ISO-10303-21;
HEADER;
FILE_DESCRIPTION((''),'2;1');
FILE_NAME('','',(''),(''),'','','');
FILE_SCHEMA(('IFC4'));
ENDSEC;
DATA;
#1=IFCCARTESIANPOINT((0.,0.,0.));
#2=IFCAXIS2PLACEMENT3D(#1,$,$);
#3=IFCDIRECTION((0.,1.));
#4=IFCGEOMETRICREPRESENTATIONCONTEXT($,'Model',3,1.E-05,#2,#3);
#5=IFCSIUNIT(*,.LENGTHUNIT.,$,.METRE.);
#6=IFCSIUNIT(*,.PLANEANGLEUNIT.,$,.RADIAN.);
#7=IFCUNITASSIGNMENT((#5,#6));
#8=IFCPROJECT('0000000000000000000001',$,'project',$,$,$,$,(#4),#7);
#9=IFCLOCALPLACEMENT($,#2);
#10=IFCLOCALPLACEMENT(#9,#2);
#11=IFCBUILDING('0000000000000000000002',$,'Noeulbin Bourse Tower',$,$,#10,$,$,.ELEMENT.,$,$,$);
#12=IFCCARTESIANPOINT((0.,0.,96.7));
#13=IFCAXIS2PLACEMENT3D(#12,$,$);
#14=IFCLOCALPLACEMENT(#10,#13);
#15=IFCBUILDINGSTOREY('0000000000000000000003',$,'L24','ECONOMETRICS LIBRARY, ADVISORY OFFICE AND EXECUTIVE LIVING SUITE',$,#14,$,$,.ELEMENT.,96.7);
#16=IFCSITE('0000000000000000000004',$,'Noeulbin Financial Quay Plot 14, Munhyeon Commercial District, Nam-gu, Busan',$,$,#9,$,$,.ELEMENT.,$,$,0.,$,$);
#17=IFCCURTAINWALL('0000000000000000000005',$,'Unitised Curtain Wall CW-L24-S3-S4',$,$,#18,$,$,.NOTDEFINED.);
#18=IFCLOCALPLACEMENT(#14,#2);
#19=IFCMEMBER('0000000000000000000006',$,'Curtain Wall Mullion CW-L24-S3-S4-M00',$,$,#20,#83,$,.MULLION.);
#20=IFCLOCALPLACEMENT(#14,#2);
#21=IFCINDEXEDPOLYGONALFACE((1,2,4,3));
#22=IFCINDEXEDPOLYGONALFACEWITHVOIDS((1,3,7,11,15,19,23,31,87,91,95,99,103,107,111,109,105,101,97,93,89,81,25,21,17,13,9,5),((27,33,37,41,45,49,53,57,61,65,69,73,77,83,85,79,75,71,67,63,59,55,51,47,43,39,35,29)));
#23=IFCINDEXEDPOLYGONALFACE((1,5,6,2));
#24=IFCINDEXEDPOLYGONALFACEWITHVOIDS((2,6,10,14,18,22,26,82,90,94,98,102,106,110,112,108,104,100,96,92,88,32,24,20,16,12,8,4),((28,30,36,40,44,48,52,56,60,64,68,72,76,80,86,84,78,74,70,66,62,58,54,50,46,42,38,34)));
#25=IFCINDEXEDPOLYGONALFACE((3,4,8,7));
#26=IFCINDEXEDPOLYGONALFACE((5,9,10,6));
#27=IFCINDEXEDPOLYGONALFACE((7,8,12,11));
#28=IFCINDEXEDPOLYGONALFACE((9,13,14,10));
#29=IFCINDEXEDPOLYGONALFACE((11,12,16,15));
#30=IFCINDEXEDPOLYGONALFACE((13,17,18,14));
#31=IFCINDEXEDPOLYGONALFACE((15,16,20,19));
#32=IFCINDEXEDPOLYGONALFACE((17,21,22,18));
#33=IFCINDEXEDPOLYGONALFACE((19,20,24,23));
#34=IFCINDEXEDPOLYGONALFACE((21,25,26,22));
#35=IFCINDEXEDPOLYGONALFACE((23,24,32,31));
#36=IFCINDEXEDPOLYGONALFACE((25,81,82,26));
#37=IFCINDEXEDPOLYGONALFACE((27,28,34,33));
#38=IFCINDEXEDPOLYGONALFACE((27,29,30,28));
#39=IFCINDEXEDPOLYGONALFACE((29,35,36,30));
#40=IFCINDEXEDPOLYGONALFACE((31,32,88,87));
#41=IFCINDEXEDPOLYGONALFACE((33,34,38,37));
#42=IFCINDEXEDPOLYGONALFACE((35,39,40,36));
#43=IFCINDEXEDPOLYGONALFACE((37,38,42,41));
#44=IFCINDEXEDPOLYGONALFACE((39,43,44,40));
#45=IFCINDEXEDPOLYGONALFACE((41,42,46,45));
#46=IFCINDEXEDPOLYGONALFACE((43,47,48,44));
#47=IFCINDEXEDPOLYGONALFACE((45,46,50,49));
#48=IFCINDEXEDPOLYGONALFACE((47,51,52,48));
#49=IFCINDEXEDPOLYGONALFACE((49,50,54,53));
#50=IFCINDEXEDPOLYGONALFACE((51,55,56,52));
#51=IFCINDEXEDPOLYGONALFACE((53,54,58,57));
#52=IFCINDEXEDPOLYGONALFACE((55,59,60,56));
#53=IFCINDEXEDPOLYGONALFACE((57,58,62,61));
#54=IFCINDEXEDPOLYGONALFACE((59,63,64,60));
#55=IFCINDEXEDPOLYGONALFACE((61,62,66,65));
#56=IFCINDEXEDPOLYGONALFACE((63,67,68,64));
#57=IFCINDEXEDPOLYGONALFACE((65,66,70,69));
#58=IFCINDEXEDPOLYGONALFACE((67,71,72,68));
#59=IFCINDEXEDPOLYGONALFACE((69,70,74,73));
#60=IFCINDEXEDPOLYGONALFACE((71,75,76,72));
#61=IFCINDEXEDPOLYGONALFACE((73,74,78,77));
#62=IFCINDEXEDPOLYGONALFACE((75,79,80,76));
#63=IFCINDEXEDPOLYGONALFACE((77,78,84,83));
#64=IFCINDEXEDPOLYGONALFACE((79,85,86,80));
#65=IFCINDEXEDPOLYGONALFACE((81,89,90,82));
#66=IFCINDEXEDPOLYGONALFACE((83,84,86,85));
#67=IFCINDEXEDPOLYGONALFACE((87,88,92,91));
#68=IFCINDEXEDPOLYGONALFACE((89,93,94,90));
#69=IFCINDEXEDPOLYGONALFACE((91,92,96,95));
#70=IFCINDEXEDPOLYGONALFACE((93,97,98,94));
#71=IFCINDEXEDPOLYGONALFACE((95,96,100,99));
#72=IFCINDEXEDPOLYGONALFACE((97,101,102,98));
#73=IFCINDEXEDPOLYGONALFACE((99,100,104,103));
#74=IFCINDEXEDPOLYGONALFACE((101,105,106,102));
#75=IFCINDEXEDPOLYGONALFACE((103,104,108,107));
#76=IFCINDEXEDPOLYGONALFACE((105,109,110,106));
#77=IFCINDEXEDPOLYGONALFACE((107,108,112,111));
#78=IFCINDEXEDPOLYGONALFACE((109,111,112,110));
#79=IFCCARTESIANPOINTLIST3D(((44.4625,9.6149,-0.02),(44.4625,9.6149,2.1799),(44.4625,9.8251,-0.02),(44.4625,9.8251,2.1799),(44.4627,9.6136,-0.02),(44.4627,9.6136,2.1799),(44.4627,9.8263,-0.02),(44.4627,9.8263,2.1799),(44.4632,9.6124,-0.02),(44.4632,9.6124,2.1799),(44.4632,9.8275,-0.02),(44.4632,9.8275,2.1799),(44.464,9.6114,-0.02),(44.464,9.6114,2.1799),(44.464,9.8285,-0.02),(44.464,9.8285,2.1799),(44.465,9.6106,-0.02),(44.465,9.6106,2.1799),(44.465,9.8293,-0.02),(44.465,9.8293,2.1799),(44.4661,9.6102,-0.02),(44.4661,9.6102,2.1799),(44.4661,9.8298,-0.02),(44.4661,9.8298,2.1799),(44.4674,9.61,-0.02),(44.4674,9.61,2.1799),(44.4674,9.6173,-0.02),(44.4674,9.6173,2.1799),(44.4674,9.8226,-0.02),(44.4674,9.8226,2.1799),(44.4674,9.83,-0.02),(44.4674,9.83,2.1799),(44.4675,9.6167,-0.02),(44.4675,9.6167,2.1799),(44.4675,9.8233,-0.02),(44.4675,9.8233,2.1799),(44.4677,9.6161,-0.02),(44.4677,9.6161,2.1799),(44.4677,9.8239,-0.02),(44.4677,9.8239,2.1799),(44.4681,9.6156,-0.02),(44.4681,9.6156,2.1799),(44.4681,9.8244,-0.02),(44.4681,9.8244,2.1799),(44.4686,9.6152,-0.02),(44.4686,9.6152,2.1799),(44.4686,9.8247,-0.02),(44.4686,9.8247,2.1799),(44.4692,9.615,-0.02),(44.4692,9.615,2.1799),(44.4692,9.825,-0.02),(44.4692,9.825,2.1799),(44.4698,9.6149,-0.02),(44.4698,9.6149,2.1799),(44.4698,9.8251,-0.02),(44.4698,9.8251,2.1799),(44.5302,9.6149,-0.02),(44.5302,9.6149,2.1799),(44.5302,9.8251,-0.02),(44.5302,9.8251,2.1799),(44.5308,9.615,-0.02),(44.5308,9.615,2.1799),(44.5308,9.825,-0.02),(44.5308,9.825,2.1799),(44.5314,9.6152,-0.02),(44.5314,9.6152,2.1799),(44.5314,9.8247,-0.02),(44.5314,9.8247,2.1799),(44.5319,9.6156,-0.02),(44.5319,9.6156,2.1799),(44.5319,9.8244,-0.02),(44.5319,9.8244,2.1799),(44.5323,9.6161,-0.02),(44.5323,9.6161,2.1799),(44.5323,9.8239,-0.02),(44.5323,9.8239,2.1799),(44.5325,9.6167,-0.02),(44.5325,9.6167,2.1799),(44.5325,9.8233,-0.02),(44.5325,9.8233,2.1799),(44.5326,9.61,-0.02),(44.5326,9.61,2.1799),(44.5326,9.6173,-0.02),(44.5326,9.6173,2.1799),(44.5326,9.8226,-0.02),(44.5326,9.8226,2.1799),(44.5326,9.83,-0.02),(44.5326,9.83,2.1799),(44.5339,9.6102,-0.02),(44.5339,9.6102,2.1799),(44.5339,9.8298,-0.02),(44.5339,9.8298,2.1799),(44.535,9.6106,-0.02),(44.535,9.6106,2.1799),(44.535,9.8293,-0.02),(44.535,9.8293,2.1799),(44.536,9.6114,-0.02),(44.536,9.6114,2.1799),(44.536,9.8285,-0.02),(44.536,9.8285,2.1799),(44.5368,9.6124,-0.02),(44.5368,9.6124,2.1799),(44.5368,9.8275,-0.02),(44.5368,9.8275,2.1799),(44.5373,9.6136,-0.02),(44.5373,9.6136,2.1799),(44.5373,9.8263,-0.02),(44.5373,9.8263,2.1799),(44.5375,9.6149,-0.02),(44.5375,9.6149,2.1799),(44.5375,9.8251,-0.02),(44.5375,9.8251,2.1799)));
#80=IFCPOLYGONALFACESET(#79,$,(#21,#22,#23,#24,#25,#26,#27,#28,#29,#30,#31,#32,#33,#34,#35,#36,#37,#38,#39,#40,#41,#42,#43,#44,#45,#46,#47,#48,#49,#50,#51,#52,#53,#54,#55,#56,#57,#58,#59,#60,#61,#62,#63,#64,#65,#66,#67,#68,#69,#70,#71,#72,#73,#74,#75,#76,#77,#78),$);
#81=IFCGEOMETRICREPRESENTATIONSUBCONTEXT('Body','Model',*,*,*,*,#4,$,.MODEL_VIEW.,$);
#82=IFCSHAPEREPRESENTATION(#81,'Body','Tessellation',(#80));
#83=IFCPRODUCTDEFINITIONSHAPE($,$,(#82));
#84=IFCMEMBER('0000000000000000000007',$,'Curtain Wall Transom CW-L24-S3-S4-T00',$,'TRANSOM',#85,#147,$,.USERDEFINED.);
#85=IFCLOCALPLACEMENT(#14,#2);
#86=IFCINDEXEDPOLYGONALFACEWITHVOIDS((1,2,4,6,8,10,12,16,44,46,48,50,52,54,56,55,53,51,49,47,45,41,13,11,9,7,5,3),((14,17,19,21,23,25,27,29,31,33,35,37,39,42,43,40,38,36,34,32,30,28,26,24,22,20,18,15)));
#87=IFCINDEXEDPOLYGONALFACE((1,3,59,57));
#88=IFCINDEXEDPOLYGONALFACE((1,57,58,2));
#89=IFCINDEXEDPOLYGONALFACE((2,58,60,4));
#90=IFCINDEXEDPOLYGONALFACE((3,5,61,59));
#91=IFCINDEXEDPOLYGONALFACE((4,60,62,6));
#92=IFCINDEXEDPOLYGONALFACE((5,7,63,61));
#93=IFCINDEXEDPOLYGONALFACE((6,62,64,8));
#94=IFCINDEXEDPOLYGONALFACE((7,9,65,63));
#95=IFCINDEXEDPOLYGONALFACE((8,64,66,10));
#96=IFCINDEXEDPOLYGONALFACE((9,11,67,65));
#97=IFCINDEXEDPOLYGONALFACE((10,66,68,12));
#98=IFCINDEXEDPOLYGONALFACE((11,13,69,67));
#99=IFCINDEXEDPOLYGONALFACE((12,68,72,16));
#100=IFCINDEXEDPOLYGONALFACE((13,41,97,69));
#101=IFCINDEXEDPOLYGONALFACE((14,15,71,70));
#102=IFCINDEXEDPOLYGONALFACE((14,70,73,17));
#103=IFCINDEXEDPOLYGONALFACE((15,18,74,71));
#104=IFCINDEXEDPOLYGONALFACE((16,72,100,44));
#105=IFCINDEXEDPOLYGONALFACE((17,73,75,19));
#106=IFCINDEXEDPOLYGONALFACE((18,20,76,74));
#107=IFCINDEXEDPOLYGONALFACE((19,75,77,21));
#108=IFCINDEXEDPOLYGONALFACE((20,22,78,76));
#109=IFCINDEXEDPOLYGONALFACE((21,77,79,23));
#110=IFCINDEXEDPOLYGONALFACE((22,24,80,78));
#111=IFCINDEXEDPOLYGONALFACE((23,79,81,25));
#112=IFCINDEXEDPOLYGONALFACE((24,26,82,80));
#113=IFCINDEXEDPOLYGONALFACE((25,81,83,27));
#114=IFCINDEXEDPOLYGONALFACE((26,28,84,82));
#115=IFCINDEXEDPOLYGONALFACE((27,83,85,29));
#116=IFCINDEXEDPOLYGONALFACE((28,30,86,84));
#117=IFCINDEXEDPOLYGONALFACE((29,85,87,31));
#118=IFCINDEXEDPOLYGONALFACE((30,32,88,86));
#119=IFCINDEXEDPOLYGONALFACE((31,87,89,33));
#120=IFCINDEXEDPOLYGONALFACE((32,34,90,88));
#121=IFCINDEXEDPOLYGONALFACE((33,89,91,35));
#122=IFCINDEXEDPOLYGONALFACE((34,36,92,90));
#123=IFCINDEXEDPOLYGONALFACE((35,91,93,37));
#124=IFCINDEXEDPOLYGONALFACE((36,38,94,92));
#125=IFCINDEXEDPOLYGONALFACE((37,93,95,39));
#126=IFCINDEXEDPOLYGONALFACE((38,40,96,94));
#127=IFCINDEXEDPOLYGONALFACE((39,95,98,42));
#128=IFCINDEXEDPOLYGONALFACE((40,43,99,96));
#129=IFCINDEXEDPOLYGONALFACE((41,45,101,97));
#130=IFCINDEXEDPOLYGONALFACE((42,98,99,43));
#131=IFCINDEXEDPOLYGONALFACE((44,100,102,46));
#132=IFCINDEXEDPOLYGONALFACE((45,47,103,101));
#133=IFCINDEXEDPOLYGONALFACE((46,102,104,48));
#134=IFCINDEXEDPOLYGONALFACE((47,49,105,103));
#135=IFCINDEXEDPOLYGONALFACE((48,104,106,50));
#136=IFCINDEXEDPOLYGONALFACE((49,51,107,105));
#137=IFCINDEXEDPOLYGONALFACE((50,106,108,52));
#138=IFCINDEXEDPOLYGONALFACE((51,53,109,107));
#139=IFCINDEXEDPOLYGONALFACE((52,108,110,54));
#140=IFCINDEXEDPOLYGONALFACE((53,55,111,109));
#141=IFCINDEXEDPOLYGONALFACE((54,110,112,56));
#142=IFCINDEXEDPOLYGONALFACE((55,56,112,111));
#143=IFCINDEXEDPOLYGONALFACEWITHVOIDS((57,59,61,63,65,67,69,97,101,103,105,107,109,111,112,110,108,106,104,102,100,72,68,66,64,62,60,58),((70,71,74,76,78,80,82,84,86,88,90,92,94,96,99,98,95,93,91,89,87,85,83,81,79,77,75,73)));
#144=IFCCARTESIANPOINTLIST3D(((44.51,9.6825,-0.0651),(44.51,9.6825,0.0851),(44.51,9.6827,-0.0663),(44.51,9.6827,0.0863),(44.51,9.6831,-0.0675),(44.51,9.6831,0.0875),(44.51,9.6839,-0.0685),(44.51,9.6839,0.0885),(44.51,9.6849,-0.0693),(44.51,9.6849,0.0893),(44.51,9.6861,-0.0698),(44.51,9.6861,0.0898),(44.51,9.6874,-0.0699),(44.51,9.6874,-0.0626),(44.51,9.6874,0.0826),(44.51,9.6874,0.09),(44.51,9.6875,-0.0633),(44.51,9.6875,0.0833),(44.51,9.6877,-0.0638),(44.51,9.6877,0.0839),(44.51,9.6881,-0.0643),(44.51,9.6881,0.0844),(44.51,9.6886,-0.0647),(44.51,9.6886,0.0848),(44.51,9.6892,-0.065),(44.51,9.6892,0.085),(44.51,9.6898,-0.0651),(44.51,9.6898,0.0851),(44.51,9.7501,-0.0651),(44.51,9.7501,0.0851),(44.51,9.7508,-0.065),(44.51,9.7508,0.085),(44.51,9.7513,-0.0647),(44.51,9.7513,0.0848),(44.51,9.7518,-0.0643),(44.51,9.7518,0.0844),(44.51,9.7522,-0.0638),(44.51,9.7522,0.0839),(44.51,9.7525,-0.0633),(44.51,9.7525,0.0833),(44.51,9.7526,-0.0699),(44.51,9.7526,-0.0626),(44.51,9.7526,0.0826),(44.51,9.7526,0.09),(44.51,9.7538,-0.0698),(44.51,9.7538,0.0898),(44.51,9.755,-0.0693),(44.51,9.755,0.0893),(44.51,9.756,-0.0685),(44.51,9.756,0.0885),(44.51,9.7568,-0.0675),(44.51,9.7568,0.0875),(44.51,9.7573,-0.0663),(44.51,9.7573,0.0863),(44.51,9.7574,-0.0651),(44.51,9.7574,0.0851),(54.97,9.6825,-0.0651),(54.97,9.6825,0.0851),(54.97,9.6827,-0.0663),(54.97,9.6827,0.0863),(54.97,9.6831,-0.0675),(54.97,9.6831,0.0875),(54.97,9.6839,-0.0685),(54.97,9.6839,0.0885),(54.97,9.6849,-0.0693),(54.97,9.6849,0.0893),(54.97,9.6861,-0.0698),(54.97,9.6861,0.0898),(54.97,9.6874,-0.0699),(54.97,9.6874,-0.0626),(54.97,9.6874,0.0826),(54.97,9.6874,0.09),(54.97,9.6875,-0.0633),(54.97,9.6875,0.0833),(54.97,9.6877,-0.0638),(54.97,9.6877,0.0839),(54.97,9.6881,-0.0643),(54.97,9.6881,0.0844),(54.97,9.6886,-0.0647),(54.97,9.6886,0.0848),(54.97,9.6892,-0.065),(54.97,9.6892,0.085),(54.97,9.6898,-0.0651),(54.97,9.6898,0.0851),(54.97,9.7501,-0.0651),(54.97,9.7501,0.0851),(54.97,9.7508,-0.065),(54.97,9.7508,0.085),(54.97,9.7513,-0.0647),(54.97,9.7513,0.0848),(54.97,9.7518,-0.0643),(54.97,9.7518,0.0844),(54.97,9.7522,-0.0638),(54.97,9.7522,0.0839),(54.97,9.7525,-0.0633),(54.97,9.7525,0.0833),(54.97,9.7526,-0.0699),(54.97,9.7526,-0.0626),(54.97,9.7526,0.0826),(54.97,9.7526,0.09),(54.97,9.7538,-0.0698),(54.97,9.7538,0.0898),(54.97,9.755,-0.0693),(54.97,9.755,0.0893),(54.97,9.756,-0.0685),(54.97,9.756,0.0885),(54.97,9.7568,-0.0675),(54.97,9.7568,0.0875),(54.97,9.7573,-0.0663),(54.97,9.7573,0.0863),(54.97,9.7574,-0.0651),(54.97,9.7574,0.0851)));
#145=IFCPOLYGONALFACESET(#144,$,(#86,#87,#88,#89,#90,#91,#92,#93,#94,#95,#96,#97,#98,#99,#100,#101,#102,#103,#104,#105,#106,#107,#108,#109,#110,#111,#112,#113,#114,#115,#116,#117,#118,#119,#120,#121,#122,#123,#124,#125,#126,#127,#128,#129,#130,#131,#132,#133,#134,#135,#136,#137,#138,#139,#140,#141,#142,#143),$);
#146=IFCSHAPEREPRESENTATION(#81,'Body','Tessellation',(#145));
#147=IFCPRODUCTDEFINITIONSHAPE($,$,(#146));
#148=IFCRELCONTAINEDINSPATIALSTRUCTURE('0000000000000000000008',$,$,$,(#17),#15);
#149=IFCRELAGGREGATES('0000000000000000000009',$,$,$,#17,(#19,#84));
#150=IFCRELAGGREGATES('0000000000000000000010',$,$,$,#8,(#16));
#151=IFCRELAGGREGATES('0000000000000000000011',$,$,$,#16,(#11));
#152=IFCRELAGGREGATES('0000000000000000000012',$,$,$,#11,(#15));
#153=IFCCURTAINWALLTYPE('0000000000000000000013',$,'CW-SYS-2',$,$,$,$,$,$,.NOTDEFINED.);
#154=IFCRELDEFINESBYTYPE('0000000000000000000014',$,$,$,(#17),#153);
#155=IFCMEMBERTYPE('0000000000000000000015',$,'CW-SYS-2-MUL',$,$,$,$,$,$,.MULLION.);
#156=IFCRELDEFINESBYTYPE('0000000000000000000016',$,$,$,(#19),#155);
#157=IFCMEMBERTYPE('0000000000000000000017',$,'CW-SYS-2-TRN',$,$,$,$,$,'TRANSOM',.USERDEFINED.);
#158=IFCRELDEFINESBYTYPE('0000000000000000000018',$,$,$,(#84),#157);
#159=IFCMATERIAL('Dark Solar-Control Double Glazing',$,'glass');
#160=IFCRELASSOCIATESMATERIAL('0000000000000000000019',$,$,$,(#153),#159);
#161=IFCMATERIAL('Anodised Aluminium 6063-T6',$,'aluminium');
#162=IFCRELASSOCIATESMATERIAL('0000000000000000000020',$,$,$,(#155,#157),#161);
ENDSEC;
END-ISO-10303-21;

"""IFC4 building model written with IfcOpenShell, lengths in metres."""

from ifc_helpers import new_model, si_unit, direction, frame, origin, origin_2d, place, context, subcontext, project, spatial, hollow_rectangle, extrude, material, material_profile, profile_set, type_object, element, aggregate, save


model = new_model("IFC4")

# Units and contexts
model_context = context("Model", 3, precision=1e-05, world=origin(), true_north=direction((0.0, 1.0)))
body_context = subcontext(model_context, "Body", "Model", "MODEL_VIEW")
ifc_project = project(units=[si_unit("LENGTHUNIT", "METRE"), si_unit("PLANEANGLEUNIT", "RADIAN")], contexts=[model_context])

# Site, building, storey
site_placement = place(None, origin())
site = spatial("IfcSite", under=ifc_project, at=site_placement, Name="Noeulbin Financial Quay Plot 14, Munhyeon Commercial District, Nam-gu, Busan", CompositionType="ELEMENT", RefElevation=0.0)
building_placement = place(site_placement, origin())
building = spatial("IfcBuilding", under=site, at=building_placement, Name="Noeulbin Bourse Tower", CompositionType="ELEMENT")
storey_placement = place(building_placement, frame((0.0, 0.0, 96.7)))
storey = spatial("IfcBuildingStorey", under=building, at=storey_placement, Name="L24", Description="ECONOMETRICS LIBRARY, ADVISORY OFFICE AND EXECUTIVE LIVING SUITE", CompositionType="ELEMENT", Elevation=96.7)

# Shared definitions
ifc_material_1 = material(Name="Dark Solar-Control Double Glazing", Category="glass")
curtain_wall_type = type_object("IfcCurtainWallType", Name="CW-SYS-2", PredefinedType="NOTDEFINED", material=ifc_material_1)
ifc_material_2 = material(Name="Anodised Aluminium 6063-T6", Category="aluminium")
ifc_material_profile_1 = material_profile(ifc_material_2, hollow_rectangle(XDim=0.075, YDim=0.22, WallThickness=0.0049, InnerFilletRadius=0.0024, OuterFilletRadius=0.0049, at=origin_2d()), Name="ALU-MULL-75x220x5", Category="LoadBearing")
ifc_profile_set_1 = profile_set([ifc_material_profile_1], Name="Anodised Aluminium 6063-T6")
member_type_1 = type_object("IfcMemberType", Name="CW-SYS-2-MUL", PredefinedType="MULLION", material=ifc_profile_set_1)

# Curtain wall, members
curtain_wall_1_placement = place(storey_placement, origin())
curtain_wall_1 = element("IfcCurtainWall", 1, at=curtain_wall_1_placement, inside=storey, type_object=curtain_wall_type, Name="Unitised Curtain Wall CW-L24-S3-S4", PredefinedType="NOTDEFINED")
member_1_placement = place(storey_placement, frame((44.5, 9.72, -0.02), z_axis=(0.0, 0.0, 1.0), x_axis=(1.0, 0.0, 0.0)))
member_1 = element("IfcMember", 2, at=member_1_placement, type_object=member_type_1, Name="Curtain Wall Mullion CW-L24-S3-S4-M00", PredefinedType="MULLION", context=body_context, shape_type="SweptSolid", body=[
    extrude(hollow_rectangle(XDim=0.075, YDim=0.22, WallThickness=0.0049, InnerFilletRadius=0.0024, OuterFilletRadius=0.0049, at=origin_2d()), origin(), (0.0, 0.0, 1.0), 2.2),
])
ifc_material_profile_2 = material_profile(ifc_material_2, hollow_rectangle(XDim=0.075, YDim=0.1599, WallThickness=0.0049, InnerFilletRadius=0.0024, OuterFilletRadius=0.0049, at=origin_2d()), Name="ALU-TRAN-75x160x5", Category="LoadBearing")
ifc_profile_set_2 = profile_set([ifc_material_profile_2], Name="Anodised Aluminium 6063-T6")
member_type_2 = type_object("IfcMemberType", Name="CW-SYS-2-TRN", ElementType="TRANSOM", PredefinedType="USERDEFINED", material=ifc_profile_set_2)
member_2_placement = place(storey_placement, frame((44.51, 9.72, 0.01), z_axis=(1.0, 0.0, 0.0), x_axis=(0.0, 1.0, 0.0)))
member_2 = element("IfcMember", 3, at=member_2_placement, type_object=member_type_2, Name="Curtain Wall Transom CW-L24-S3-S4-T00", ObjectType="TRANSOM", PredefinedType="USERDEFINED", context=body_context, shape_type="SweptSolid", body=[
    extrude(hollow_rectangle(XDim=0.075, YDim=0.1599, WallThickness=0.0049, InnerFilletRadius=0.0024, OuterFilletRadius=0.0049, at=origin_2d()), origin(), (0.0, 0.0, 1.0), 10.46),
])
aggregate(curtain_wall_1, [member_1, member_2])

save(model, "model.ifc")
